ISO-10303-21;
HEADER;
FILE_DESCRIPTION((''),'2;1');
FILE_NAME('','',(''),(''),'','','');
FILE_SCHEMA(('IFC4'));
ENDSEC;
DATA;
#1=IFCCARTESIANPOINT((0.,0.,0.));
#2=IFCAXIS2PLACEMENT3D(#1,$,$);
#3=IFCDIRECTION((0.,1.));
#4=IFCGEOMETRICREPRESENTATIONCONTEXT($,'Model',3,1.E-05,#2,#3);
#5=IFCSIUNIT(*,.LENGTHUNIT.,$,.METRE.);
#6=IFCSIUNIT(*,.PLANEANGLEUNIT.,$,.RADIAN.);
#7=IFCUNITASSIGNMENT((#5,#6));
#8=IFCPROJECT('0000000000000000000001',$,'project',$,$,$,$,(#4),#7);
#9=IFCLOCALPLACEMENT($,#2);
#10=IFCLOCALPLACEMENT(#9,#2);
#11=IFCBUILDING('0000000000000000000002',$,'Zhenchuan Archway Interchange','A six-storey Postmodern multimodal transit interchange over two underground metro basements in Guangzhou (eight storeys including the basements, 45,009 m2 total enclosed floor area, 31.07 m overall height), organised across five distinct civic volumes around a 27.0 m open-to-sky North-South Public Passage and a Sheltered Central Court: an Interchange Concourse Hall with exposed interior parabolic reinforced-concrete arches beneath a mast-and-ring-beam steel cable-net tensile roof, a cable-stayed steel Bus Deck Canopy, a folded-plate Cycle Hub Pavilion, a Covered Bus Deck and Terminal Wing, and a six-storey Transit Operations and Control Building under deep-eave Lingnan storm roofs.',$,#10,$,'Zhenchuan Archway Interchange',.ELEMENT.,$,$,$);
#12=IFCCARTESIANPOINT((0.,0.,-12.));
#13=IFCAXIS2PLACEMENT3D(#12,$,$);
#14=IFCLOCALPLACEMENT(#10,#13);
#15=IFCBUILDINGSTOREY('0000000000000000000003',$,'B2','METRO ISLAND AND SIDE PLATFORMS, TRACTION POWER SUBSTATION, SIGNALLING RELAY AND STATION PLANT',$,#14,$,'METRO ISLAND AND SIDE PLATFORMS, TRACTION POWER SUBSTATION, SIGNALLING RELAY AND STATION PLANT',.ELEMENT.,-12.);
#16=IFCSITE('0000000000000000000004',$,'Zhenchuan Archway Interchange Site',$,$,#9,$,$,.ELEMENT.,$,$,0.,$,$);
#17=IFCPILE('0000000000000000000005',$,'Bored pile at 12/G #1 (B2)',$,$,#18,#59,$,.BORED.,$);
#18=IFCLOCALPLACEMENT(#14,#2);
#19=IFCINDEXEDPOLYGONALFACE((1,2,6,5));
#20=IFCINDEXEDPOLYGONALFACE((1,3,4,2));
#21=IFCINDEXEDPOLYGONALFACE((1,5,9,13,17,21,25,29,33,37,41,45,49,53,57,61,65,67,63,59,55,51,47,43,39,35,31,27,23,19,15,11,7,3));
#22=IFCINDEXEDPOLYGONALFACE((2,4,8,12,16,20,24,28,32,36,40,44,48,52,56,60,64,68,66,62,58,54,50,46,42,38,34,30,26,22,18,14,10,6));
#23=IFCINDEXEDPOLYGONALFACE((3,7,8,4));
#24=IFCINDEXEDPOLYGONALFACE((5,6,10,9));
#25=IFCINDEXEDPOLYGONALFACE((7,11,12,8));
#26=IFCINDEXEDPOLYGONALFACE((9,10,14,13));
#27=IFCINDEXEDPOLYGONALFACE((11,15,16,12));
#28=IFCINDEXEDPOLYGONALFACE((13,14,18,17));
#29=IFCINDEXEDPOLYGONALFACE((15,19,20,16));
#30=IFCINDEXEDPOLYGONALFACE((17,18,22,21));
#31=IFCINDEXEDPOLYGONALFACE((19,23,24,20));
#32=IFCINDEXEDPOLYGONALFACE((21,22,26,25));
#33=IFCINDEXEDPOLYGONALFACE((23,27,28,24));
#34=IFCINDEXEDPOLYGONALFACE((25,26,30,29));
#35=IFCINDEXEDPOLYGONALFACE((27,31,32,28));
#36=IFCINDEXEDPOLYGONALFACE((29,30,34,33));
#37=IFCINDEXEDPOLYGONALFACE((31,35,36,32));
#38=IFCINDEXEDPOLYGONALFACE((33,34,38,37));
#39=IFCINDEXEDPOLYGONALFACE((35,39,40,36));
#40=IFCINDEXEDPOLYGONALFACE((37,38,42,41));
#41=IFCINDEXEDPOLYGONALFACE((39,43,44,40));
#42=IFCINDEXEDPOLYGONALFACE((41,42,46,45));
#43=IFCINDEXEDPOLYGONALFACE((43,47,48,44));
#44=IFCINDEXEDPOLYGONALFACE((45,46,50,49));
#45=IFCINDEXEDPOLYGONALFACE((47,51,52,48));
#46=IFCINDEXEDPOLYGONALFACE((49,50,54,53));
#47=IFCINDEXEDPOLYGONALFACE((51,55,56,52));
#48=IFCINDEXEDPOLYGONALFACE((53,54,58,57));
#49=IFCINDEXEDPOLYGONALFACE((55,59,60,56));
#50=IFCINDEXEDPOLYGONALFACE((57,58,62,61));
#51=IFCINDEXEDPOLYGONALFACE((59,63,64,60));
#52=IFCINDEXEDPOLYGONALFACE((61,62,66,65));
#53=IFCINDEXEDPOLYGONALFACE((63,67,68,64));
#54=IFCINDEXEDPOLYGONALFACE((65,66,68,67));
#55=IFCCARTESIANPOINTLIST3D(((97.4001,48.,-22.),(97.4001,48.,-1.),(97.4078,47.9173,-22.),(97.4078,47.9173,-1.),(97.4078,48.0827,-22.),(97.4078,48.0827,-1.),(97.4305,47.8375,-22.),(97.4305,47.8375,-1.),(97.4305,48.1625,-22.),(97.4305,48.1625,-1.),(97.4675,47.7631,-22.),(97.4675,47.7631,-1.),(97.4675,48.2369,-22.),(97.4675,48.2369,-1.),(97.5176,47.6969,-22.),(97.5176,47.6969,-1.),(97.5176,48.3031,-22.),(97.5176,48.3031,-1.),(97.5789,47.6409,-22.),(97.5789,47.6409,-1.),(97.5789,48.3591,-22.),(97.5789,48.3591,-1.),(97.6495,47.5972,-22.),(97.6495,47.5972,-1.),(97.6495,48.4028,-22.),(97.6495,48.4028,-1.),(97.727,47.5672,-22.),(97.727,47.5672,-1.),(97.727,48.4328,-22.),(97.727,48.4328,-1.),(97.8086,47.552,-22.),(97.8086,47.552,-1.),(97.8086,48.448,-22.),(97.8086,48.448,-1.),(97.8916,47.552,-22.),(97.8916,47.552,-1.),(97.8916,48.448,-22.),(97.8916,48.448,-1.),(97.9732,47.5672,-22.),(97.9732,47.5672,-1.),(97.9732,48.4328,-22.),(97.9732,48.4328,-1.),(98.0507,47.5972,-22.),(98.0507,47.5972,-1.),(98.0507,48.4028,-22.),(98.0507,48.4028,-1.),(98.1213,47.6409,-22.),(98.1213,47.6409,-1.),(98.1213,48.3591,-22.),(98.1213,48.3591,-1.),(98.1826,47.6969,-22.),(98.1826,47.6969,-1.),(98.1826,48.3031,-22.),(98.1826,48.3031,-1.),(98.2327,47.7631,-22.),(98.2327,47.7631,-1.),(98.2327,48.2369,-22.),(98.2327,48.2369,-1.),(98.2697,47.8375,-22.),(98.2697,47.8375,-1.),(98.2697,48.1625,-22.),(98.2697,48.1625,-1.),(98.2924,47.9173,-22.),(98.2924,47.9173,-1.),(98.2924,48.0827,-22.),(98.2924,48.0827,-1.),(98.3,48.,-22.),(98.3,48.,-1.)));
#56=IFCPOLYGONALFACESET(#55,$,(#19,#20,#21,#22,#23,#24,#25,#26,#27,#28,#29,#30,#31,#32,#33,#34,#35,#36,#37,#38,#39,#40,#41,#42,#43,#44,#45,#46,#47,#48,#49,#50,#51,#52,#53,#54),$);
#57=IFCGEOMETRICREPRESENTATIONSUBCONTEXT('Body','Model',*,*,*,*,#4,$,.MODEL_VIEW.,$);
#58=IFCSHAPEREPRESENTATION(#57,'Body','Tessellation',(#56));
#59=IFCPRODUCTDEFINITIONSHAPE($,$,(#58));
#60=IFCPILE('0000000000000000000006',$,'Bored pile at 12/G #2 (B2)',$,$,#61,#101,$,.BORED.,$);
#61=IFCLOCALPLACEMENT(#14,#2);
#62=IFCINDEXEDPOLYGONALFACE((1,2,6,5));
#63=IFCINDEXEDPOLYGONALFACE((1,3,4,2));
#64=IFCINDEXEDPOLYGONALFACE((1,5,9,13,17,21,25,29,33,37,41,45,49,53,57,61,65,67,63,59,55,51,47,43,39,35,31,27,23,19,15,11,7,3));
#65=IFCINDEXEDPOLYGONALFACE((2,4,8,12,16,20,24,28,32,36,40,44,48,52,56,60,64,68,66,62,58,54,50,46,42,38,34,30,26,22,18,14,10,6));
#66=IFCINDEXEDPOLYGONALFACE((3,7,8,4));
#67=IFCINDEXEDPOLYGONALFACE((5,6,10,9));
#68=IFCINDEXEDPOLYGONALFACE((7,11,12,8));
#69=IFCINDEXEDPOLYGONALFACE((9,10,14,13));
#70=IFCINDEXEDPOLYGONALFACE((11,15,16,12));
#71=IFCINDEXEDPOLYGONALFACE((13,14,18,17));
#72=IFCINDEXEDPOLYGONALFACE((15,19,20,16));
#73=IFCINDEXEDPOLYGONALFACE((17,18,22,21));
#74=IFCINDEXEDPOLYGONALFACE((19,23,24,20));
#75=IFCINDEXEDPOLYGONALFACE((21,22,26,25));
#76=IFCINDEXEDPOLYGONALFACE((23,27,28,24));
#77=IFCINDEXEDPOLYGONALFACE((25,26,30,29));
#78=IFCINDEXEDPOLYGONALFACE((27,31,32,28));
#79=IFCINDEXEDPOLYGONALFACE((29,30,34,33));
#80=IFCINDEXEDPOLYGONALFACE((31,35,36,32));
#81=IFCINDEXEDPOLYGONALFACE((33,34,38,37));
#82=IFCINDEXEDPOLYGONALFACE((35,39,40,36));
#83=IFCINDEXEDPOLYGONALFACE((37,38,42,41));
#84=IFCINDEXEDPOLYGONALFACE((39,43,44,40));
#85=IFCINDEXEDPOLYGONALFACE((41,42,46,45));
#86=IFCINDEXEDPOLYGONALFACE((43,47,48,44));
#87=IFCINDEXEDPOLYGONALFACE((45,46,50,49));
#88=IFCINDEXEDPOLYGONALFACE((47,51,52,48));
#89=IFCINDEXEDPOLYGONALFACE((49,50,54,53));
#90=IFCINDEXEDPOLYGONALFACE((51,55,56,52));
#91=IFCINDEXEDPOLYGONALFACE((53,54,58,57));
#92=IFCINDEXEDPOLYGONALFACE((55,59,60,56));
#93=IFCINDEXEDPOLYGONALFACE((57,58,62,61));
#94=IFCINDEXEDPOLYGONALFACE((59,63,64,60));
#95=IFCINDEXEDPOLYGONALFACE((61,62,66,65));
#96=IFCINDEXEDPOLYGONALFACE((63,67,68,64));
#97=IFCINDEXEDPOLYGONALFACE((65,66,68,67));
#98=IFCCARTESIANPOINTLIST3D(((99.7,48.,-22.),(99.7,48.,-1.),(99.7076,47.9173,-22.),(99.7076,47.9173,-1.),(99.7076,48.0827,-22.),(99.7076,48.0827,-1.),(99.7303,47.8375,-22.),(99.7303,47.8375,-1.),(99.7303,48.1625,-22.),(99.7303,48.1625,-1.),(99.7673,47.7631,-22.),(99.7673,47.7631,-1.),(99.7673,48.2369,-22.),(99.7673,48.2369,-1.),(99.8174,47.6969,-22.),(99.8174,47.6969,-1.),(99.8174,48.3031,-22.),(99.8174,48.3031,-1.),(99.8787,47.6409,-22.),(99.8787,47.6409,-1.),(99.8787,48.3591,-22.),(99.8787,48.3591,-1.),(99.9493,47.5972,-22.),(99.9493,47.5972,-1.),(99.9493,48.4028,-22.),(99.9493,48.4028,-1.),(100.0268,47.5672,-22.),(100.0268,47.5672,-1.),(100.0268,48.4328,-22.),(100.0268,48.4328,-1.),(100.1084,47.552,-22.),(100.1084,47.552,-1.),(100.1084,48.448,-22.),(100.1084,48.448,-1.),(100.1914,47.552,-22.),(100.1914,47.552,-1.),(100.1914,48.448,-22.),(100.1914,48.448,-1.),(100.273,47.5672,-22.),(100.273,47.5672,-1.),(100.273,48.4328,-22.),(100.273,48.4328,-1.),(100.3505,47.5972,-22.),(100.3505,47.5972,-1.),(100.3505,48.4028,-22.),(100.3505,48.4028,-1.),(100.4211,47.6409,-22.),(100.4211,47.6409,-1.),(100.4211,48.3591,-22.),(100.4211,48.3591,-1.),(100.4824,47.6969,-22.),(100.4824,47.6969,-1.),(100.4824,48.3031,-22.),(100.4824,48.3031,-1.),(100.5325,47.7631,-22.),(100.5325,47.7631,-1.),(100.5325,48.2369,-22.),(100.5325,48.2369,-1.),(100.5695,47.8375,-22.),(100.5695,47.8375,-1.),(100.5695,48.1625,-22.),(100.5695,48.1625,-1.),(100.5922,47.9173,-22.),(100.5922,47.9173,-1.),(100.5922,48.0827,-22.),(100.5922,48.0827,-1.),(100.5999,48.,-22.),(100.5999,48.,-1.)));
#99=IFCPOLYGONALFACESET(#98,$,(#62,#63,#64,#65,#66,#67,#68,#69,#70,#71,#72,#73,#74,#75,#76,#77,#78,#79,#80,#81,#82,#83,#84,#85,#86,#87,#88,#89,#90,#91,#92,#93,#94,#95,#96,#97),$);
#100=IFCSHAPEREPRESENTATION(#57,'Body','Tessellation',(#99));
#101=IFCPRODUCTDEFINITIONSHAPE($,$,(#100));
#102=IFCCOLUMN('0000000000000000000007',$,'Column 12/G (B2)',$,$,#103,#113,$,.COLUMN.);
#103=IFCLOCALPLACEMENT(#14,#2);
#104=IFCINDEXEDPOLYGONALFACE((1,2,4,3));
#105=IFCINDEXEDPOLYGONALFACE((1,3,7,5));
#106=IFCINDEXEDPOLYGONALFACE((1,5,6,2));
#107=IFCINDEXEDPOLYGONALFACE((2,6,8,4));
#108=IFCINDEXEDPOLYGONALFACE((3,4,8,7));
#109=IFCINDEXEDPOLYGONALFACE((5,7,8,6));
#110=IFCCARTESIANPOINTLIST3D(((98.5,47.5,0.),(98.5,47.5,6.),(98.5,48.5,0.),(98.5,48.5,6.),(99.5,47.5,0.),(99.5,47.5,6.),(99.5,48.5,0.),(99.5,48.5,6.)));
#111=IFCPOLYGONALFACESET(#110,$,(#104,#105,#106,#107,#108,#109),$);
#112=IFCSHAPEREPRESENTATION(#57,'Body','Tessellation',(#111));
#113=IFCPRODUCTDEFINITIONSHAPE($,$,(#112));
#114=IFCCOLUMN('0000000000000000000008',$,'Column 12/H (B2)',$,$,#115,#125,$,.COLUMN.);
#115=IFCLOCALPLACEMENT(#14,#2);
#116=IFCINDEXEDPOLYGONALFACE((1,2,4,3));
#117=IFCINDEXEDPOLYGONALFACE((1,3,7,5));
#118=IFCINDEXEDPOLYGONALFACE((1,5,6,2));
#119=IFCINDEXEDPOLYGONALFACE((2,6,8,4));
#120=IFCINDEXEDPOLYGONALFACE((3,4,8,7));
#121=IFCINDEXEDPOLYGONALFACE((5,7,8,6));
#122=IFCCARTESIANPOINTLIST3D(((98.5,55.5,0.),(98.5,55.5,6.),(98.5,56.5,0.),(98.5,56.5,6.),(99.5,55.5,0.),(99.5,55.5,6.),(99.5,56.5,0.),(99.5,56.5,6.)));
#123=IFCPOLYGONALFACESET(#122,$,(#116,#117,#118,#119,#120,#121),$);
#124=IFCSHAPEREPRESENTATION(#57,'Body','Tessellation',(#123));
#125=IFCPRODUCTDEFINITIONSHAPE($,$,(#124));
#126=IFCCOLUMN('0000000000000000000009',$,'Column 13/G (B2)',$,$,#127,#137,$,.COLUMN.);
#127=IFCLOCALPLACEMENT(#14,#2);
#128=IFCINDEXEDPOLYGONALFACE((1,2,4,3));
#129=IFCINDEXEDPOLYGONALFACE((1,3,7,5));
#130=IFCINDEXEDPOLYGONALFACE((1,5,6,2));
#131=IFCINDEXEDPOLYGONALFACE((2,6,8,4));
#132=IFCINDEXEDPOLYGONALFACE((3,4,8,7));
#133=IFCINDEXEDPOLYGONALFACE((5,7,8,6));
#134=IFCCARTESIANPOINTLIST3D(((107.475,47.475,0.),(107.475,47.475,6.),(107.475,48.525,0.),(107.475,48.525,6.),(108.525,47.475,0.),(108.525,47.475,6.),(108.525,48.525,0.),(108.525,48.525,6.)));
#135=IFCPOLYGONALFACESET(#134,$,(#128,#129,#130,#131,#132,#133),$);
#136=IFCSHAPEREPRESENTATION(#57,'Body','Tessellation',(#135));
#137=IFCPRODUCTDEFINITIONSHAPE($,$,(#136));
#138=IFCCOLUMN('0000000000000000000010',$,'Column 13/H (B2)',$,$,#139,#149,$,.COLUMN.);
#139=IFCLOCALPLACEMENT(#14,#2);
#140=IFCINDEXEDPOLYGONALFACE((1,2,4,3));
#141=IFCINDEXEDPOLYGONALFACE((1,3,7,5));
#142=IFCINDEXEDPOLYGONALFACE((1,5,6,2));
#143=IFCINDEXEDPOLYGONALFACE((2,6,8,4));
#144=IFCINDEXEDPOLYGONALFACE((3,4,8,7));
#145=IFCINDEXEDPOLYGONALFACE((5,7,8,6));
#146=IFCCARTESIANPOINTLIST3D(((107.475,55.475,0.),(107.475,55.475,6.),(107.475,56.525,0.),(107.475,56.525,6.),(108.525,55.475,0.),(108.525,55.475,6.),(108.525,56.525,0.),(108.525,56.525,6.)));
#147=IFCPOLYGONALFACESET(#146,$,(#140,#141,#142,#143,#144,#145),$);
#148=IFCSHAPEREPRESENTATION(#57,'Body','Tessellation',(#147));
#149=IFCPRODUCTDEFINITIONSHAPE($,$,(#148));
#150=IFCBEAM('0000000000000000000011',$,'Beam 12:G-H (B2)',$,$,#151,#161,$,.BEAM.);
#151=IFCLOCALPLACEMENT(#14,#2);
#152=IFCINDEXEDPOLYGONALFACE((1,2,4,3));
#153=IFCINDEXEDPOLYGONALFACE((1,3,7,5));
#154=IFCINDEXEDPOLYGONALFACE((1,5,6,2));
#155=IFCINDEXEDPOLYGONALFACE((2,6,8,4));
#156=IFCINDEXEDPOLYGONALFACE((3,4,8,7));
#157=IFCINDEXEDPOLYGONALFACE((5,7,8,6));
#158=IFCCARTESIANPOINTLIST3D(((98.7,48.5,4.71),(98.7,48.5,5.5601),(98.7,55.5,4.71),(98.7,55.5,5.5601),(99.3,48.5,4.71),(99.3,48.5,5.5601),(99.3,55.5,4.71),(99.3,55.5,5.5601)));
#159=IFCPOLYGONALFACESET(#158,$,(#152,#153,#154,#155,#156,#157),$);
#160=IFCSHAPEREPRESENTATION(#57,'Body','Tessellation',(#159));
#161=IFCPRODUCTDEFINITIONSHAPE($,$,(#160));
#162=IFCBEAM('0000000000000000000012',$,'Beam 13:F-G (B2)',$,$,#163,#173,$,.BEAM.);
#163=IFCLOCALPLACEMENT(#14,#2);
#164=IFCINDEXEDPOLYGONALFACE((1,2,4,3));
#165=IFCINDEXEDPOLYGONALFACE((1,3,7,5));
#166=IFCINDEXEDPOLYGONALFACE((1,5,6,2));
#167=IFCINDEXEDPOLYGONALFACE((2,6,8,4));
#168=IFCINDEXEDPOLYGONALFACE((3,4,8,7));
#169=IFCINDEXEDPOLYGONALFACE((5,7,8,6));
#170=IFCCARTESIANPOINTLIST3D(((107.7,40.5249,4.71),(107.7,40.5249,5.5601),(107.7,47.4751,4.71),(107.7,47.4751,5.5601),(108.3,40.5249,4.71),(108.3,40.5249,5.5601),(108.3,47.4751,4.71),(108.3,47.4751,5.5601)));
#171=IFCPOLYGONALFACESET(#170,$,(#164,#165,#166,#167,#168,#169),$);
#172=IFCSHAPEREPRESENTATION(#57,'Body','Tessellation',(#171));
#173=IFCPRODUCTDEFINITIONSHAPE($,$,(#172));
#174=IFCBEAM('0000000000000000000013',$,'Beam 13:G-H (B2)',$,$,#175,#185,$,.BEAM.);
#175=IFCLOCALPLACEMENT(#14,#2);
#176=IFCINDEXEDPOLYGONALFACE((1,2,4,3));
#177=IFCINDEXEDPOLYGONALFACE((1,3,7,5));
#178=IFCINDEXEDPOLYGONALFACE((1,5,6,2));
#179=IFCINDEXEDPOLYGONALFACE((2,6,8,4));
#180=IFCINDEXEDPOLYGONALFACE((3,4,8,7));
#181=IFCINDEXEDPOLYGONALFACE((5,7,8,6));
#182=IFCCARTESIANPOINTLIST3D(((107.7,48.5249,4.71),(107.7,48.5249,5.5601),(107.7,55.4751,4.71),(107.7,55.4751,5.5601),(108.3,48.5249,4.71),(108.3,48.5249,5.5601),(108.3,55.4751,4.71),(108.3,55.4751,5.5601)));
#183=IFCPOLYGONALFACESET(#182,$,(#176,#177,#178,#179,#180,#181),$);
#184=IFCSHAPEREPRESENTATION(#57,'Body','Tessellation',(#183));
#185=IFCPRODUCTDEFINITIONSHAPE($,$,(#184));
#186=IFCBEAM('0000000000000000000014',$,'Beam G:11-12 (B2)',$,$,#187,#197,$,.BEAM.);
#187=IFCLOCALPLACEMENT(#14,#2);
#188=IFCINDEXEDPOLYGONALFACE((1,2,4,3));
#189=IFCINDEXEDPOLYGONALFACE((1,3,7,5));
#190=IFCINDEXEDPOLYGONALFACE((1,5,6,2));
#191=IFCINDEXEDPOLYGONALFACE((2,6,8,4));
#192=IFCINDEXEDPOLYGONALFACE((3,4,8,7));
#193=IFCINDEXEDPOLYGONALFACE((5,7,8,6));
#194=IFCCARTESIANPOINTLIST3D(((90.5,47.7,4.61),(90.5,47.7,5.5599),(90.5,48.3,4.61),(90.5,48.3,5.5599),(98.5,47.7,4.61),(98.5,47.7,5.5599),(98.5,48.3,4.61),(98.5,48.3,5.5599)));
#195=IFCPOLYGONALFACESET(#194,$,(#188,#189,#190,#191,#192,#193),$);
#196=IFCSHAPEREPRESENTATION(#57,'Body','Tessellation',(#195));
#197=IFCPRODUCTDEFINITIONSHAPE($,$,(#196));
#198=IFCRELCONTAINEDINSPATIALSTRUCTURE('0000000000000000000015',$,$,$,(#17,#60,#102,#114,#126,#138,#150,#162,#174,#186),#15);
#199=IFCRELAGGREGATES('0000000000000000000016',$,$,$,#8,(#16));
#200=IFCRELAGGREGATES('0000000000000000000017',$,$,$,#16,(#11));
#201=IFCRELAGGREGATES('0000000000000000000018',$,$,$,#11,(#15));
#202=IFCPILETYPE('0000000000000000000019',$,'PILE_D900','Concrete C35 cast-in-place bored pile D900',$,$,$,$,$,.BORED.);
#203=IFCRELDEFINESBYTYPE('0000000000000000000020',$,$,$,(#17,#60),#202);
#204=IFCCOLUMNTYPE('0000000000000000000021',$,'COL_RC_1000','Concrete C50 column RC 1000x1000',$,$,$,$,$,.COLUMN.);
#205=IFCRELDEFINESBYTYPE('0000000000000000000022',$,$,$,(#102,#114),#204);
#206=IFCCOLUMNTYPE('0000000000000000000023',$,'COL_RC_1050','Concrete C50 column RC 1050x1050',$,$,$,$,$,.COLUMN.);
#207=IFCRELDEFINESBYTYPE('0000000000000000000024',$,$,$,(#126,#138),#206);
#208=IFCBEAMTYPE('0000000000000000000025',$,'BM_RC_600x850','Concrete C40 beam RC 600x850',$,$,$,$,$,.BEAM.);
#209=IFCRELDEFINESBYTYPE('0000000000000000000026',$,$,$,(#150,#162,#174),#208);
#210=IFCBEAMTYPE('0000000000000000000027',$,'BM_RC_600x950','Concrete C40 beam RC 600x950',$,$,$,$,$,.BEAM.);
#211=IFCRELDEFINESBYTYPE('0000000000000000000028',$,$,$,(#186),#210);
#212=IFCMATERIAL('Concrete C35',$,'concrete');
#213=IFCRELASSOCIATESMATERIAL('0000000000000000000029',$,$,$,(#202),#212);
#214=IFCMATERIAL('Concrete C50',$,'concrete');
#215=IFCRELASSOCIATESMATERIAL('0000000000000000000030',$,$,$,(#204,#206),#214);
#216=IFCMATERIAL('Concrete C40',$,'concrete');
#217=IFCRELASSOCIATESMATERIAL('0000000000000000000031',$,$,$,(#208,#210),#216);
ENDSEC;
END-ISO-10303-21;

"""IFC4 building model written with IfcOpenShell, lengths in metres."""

from ifc_helpers import new_model, si_unit, direction, frame, origin, origin_2d, place, context, subcontext, project, spatial, rectangle, circle, extrude, material, material_profile, profile_set, type_object, element, save


model = new_model("IFC4")

# Units and contexts
model_context = context("Model", 3, precision=1e-05, world=origin(), true_north=direction((0.0, 1.0)))
body_context = subcontext(model_context, "Body", "Model", "MODEL_VIEW")
ifc_project = project(units=[si_unit("LENGTHUNIT", "METRE"), si_unit("PLANEANGLEUNIT", "RADIAN")], contexts=[model_context])

# Site, building, storey
site_placement = place(None, origin())
site = spatial("IfcSite", under=ifc_project, at=site_placement, Name="Zhenchuan Archway Interchange Site", CompositionType="ELEMENT", RefElevation=0.0)
building_placement = place(site_placement, origin())
building = spatial("IfcBuilding", under=site, at=building_placement, Name="Zhenchuan Archway Interchange", Description="A six-storey Postmodern multimodal transit interchange over two underground metro basements in Guangzhou (eight storeys including the basements, 45,009 m2 total enclosed floor area, 31.07 m overall height), organised across five distinct civic volumes around a 27.0 m open-to-sky North-South Public Passage and a Sheltered Central Court: an Interchange Concourse Hall with exposed interior parabolic reinforced-concrete arches beneath a mast-and-ring-beam steel cable-net tensile roof, a cable-stayed steel Bus Deck Canopy, a folded-plate Cycle Hub Pavilion, a Covered Bus Deck and Terminal Wing, and a six-storey Transit Operations and Control Building under deep-eave Lingnan storm roofs.", LongName="Zhenchuan Archway Interchange", CompositionType="ELEMENT")
storey_placement = place(building_placement, frame((0.0, 0.0, -12.0)))
storey = spatial("IfcBuildingStorey", under=building, at=storey_placement, Name="B2", Description="METRO ISLAND AND SIDE PLATFORMS, TRACTION POWER SUBSTATION, SIGNALLING RELAY AND STATION PLANT", LongName="METRO ISLAND AND SIDE PLATFORMS, TRACTION POWER SUBSTATION, SIGNALLING RELAY AND STATION PLANT", CompositionType="ELEMENT", Elevation=-12.0)

# Shared definitions
ifc_material_1 = material(Name="Concrete C40", Category="concrete")

# Piles
ifc_material_2 = material(Name="Concrete C35", Category="concrete")
ifc_material_profile_1 = material_profile(ifc_material_2, circle(Radius=0.45, at=origin_2d()), Name="BORED PILE 900")
ifc_profile_set_1 = profile_set([ifc_material_profile_1], Name="Concrete C35")
pile_type_1 = type_object("IfcPileType", Name="PILE_D900", Description="Concrete C35 cast-in-place bored pile D900", PredefinedType="BORED", material=ifc_profile_set_1)
for number, where, z_axis, x_axis, name in (
    (1, (97.8501, 48.0, -1.0), (0.0, 0.0, -1.0), (1.0, 0.0, 0.0), "Bored pile at 12/G #1 (B2)"),
    (2, (100.1499, 48.0, -1.0), (0.0, 0.0, -1.0), (1.0, 0.0, 0.0), "Bored pile at 12/G #2 (B2)"),
):
    element("IfcPile", number, at=place(storey_placement, frame(where, z_axis=z_axis, x_axis=x_axis)), inside=storey, type_object=pile_type_1, Name=name, PredefinedType="BORED", context=body_context, shape_type="SweptSolid", body=[
        extrude(circle(Radius=0.45, at=origin_2d()), origin(), (0.0, 0.0, 1.0), 21.0),
    ])

# Columns
ifc_material_3 = material(Name="Concrete C50", Category="concrete")
ifc_material_profile_2 = material_profile(ifc_material_3, rectangle(XDim=1.0, YDim=1.0, at=origin_2d()), Name="RC 1000x1000")
ifc_profile_set_2 = profile_set([ifc_material_profile_2], Name="Concrete C50")
column_type_1 = type_object("IfcColumnType", Name="COL_RC_1000", Description="Concrete C50 column RC 1000x1000", PredefinedType="COLUMN", material=ifc_profile_set_2)
for number, where, z_axis, x_axis, name in (
    (3, (99.0, 48.0, 0.0), (0.0, 0.0, 1.0), (1.0, 0.0, 0.0), "Column 12/G (B2)"),
    (4, (99.0, 56.0, 0.0), (0.0, 0.0, 1.0), (1.0, 0.0, 0.0), "Column 12/H (B2)"),
):
    element("IfcColumn", number, at=place(storey_placement, frame(where, z_axis=z_axis, x_axis=x_axis)), inside=storey, type_object=column_type_1, Name=name, PredefinedType="COLUMN", context=body_context, shape_type="SweptSolid", body=[
        extrude(rectangle(XDim=1.0, YDim=1.0, at=origin_2d()), origin(), (0.0, 0.0, 1.0), 6.0),
    ])
ifc_material_profile_3 = material_profile(ifc_material_3, rectangle(XDim=1.05, YDim=1.05, at=origin_2d()), Name="RC 1050x1050")
ifc_profile_set_3 = profile_set([ifc_material_profile_3], Name="Concrete C50")
column_type_2 = type_object("IfcColumnType", Name="COL_RC_1050", Description="Concrete C50 column RC 1050x1050", PredefinedType="COLUMN", material=ifc_profile_set_3)
for number, where, z_axis, x_axis, name in (
    (5, (108.0, 48.0, 0.0), (0.0, 0.0, 1.0), (1.0, 0.0, 0.0), "Column 13/G (B2)"),
    (6, (108.0, 56.0, 0.0), (0.0, 0.0, 1.0), (1.0, 0.0, 0.0), "Column 13/H (B2)"),
):
    element("IfcColumn", number, at=place(storey_placement, frame(where, z_axis=z_axis, x_axis=x_axis)), inside=storey, type_object=column_type_2, Name=name, PredefinedType="COLUMN", context=body_context, shape_type="SweptSolid", body=[
        extrude(rectangle(XDim=1.05, YDim=1.05, at=origin_2d()), origin(), (0.0, 0.0, 1.0), 6.0),
    ])

# Beams
ifc_material_profile_4 = material_profile(ifc_material_1, rectangle(XDim=0.6001, YDim=0.8501, at=origin_2d()), Name="RC 600x850")
ifc_profile_set_4 = profile_set([ifc_material_profile_4], Name="Concrete C40")
beam_type_1 = type_object("IfcBeamType", Name="BM_RC_600x850", Description="Concrete C40 beam RC 600x850", PredefinedType="BEAM", material=ifc_profile_set_4)
beam_1_placement = place(storey_placement, frame((99.0, 48.5, 5.135), z_axis=(0.0, 1.0, 0.0), x_axis=(-1.0, 0.0, 0.0)))
element("IfcBeam", 7, at=beam_1_placement, inside=storey, type_object=beam_type_1, Name="Beam 12:G-H (B2)", PredefinedType="BEAM", context=body_context, shape_type="SweptSolid", body=[
    extrude(rectangle(XDim=0.6001, YDim=0.8501, at=origin_2d()), origin(), (0.0, 0.0, 1.0), 7.0),
])
for number, where, z_axis, x_axis, name in (
    (8, (108.0, 40.5249, 5.135), (0.0, 1.0, 0.0), (-1.0, 0.0, 0.0), "Beam 13:F-G (B2)"),
    (9, (108.0, 48.5249, 5.135), (0.0, 1.0, 0.0), (-1.0, 0.0, 0.0), "Beam 13:G-H (B2)"),
):
    element("IfcBeam", number, at=place(storey_placement, frame(where, z_axis=z_axis, x_axis=x_axis)), inside=storey, type_object=beam_type_1, Name=name, PredefinedType="BEAM", context=body_context, shape_type="SweptSolid", body=[
        extrude(rectangle(XDim=0.6001, YDim=0.8501, at=origin_2d()), origin(), (0.0, 0.0, 1.0), 6.9502),
    ])
ifc_material_profile_5 = material_profile(ifc_material_1, rectangle(XDim=0.6001, YDim=0.95, at=origin_2d()), Name="RC 600x950")
ifc_profile_set_5 = profile_set([ifc_material_profile_5], Name="Concrete C40")
beam_type_2 = type_object("IfcBeamType", Name="BM_RC_600x950", Description="Concrete C40 beam RC 600x950", PredefinedType="BEAM", material=ifc_profile_set_5)
beam_2_placement = place(storey_placement, frame((90.5, 48.0, 5.085), z_axis=(1.0, 0.0, 0.0), x_axis=(0.0, 1.0, 0.0)))
element("IfcBeam", 10, at=beam_2_placement, inside=storey, type_object=beam_type_2, Name="Beam G:11-12 (B2)", PredefinedType="BEAM", context=body_context, shape_type="SweptSolid", body=[
    extrude(rectangle(XDim=0.6001, YDim=0.95, at=origin_2d()), origin(), (0.0, 0.0, 1.0), 8.0),
])

save(model, "model.ifc")
